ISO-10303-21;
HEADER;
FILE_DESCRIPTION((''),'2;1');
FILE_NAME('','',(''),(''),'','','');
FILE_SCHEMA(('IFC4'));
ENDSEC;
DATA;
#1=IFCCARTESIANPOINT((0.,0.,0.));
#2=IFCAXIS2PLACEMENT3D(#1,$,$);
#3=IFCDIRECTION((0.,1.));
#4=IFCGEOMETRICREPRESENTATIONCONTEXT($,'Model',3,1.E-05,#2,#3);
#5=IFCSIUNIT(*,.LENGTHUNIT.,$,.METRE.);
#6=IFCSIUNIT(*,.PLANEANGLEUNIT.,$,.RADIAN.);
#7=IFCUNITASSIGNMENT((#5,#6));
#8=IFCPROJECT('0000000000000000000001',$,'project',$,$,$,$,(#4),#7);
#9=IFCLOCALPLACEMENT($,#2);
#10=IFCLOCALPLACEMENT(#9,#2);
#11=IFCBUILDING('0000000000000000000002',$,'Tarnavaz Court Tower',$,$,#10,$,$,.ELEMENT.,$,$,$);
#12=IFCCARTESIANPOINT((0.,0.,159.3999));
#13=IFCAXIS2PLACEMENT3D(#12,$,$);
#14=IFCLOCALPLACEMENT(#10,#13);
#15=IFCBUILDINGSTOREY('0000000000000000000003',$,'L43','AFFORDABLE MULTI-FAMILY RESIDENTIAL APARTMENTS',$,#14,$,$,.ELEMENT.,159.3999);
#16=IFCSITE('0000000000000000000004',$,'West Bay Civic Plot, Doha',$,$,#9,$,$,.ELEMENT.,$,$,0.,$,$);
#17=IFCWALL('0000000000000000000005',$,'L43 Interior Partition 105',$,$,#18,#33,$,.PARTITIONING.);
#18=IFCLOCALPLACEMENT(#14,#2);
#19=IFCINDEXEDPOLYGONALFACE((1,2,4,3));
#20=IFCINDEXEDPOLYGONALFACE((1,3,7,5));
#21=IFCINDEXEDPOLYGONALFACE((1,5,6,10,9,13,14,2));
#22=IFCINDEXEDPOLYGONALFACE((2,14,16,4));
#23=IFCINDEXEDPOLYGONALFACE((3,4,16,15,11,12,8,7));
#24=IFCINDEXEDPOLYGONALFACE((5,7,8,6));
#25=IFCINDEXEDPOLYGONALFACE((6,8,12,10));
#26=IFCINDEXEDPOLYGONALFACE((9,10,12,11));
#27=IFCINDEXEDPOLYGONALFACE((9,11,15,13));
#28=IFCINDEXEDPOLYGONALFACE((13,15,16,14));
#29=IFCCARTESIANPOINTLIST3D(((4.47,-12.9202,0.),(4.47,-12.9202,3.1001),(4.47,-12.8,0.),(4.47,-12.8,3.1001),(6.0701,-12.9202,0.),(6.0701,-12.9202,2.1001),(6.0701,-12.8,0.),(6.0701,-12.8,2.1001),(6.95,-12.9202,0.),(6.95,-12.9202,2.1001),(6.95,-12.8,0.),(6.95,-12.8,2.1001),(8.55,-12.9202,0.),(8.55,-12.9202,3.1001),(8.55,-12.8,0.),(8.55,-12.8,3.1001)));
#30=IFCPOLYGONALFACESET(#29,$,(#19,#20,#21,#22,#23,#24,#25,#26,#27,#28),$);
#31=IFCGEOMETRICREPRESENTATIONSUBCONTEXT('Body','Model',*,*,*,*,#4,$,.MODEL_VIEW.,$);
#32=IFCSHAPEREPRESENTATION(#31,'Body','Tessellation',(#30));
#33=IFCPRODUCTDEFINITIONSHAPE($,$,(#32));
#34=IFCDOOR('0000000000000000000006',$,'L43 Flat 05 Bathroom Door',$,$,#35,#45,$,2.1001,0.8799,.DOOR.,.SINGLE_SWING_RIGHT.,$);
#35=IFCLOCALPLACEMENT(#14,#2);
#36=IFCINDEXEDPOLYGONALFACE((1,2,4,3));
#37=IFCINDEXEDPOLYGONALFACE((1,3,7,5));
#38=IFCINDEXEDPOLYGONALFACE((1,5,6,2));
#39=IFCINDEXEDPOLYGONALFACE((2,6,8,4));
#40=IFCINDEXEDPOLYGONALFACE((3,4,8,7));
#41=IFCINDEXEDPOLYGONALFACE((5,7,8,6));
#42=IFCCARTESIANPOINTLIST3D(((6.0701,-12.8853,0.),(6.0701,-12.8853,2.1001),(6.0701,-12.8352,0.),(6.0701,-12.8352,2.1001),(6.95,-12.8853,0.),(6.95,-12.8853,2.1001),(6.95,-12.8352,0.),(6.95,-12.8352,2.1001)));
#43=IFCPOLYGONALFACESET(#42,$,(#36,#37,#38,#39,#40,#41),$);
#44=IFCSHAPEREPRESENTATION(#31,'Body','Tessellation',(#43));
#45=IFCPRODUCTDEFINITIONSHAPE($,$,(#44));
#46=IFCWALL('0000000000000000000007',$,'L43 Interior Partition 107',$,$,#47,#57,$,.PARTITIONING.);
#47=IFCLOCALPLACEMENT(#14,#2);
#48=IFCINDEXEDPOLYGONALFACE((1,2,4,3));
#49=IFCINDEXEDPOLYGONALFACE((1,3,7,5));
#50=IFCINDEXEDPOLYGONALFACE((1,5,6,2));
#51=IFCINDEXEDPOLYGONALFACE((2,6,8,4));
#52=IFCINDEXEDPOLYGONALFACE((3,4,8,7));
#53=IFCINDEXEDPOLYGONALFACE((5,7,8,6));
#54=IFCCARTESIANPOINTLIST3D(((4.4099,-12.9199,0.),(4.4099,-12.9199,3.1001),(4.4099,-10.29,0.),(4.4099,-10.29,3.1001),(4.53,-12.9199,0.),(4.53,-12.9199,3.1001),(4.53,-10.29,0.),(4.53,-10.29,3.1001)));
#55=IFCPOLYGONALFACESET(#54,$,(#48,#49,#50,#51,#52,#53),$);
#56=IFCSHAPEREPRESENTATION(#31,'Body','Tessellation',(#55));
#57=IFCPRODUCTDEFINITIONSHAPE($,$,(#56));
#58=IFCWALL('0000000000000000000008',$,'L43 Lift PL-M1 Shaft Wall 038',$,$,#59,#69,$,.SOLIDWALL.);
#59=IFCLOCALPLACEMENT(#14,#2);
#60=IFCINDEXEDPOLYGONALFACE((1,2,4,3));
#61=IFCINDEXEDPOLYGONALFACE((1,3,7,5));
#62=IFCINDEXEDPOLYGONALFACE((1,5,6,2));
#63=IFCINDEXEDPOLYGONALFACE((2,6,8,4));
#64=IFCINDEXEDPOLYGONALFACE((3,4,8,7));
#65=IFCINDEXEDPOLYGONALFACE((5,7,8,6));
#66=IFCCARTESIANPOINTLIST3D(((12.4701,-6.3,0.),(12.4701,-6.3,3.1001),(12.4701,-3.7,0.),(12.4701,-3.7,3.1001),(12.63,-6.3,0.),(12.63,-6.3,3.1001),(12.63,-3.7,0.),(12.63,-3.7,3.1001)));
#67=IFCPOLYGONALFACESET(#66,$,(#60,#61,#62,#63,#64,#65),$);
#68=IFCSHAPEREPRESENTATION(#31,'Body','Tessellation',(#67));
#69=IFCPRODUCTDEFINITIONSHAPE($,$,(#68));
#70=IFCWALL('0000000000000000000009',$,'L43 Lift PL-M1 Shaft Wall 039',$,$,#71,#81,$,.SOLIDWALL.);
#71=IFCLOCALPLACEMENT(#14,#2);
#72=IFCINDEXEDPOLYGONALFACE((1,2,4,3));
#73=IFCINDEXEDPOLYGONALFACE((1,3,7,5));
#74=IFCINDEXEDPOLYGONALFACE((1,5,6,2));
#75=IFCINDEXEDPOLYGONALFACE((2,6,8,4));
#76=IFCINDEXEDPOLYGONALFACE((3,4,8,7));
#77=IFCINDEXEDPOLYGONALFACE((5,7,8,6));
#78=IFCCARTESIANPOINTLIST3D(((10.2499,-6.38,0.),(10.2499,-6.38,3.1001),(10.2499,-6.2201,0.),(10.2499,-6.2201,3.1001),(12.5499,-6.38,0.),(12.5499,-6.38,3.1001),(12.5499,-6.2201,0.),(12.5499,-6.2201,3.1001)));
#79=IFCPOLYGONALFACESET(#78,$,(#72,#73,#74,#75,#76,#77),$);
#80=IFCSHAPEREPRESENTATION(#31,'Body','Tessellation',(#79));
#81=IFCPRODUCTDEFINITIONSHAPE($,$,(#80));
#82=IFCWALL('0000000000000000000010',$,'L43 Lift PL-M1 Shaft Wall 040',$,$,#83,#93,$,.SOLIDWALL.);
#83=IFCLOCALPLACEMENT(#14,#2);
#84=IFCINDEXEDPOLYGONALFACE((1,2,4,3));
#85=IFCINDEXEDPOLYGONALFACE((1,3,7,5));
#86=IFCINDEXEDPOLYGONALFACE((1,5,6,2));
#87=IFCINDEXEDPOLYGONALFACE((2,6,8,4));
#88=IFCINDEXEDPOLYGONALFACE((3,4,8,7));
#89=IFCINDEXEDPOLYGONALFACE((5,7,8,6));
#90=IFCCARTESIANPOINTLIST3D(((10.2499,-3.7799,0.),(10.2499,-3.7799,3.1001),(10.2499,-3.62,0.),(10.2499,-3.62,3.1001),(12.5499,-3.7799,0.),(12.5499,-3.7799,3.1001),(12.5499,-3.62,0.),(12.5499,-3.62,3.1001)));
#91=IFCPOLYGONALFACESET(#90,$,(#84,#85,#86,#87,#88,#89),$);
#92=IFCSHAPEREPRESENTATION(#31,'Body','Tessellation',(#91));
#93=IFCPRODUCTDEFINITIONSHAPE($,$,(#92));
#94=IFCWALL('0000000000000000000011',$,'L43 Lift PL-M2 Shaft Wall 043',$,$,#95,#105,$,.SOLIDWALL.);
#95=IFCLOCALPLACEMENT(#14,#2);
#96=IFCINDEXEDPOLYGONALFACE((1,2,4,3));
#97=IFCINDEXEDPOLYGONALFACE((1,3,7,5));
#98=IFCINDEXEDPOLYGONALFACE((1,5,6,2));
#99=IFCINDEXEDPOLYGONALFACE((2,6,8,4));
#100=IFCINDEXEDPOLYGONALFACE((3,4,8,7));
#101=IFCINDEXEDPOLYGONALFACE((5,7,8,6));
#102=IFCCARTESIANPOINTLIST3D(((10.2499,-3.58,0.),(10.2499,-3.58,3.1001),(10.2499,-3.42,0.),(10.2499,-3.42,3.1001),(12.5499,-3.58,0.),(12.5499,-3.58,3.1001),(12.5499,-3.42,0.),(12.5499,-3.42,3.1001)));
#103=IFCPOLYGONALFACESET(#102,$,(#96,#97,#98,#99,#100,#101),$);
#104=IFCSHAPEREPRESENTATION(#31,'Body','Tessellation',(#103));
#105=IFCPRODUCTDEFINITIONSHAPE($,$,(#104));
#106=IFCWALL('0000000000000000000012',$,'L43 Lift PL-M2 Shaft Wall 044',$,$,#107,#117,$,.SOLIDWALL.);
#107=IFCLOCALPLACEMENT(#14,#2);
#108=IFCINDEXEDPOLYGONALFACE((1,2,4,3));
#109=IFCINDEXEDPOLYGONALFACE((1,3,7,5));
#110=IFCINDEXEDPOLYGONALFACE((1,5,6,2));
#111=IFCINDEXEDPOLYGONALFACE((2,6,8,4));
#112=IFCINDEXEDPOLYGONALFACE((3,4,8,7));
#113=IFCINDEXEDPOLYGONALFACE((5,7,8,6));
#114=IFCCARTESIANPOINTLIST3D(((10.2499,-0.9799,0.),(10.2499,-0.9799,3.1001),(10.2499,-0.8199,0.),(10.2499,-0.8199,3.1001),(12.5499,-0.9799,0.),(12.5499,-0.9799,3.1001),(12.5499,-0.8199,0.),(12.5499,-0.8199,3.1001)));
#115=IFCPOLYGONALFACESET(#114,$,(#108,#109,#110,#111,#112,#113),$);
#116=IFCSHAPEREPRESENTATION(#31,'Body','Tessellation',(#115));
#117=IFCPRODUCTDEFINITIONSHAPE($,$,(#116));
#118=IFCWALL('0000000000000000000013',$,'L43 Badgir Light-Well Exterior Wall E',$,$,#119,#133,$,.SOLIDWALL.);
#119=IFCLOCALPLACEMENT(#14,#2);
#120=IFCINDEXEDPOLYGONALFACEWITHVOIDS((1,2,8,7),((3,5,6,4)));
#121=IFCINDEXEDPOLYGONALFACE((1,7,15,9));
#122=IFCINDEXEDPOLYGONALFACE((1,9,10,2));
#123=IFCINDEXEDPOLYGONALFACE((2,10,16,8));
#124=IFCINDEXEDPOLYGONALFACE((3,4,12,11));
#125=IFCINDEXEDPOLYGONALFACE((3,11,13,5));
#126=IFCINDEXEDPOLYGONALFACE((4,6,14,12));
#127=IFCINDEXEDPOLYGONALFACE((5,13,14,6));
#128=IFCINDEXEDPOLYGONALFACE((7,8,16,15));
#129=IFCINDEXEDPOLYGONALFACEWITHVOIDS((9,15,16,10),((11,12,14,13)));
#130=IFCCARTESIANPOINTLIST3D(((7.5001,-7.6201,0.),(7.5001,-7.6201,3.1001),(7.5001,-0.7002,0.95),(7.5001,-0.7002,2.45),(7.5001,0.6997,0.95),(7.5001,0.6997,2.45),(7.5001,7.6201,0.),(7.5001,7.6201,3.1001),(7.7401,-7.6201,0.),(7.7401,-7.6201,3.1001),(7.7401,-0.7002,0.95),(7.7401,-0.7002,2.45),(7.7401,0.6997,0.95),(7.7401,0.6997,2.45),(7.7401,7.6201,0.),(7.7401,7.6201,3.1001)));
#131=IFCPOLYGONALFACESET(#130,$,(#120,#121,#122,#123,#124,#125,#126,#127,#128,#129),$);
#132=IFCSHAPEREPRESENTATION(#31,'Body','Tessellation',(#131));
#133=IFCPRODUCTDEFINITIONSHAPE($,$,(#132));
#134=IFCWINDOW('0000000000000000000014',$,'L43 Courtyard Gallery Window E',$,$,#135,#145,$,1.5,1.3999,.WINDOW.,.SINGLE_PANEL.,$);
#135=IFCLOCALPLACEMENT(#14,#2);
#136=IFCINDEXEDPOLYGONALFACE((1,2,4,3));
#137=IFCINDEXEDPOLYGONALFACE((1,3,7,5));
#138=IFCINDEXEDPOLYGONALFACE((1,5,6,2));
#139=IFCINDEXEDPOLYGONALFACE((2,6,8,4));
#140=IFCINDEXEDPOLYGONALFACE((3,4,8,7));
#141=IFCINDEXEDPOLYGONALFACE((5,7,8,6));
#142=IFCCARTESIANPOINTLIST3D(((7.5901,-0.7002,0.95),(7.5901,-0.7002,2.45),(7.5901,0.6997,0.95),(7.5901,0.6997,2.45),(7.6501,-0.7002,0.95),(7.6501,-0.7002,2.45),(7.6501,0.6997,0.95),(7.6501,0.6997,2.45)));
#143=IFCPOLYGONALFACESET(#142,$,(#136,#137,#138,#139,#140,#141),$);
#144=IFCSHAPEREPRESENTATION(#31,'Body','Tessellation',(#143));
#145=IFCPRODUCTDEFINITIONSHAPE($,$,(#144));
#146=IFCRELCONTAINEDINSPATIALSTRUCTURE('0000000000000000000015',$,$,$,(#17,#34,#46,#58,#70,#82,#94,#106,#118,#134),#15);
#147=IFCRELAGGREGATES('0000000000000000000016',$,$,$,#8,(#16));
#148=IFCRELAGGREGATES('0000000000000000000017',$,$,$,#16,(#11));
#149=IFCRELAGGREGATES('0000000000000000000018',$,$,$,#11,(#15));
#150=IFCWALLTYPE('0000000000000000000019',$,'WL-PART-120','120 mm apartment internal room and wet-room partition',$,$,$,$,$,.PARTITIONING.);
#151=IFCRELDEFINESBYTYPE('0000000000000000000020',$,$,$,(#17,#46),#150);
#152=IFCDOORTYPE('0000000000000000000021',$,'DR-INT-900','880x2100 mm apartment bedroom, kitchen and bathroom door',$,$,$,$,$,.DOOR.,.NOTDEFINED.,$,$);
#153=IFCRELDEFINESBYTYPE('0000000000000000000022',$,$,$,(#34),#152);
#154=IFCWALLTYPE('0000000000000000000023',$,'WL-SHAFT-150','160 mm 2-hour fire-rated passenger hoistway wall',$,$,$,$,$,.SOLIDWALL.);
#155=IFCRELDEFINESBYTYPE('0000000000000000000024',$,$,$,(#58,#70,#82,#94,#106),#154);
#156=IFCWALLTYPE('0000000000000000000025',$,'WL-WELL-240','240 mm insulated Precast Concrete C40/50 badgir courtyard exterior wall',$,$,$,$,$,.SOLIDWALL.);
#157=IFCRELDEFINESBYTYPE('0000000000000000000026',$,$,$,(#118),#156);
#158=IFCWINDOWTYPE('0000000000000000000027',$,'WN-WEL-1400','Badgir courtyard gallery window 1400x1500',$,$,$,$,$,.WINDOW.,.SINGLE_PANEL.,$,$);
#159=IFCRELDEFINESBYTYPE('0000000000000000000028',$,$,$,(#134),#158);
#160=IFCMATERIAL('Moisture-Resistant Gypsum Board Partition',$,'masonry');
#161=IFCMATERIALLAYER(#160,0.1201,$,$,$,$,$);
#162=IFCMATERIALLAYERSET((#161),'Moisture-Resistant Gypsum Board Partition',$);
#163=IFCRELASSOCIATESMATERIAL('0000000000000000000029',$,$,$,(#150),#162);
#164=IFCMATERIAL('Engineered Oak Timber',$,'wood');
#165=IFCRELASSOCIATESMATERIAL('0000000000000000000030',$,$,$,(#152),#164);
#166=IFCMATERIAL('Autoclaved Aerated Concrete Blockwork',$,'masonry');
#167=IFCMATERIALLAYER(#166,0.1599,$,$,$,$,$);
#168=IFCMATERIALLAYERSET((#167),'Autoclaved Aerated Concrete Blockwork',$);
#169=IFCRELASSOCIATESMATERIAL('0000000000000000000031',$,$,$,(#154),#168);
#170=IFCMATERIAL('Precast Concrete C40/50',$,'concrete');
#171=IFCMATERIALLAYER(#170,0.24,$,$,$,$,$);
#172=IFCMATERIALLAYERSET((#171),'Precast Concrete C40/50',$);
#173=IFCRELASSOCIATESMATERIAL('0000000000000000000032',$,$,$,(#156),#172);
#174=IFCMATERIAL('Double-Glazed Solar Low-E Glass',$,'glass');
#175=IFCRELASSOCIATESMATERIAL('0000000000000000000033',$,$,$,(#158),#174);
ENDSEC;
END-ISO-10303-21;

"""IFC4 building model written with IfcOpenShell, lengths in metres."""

from ifc_helpers import new_model, si_unit, direction, frame, frame_2d, origin, place, context, subcontext, project, spatial, rectangle, extrude, material, layer, layer_set, type_object, element, fill, save


model = new_model("IFC4")

# Units and contexts
model_context = context("Model", 3, precision=1e-05, world=origin(), true_north=direction((0.0, 1.0)))
body_context = subcontext(model_context, "Body", "Model", "MODEL_VIEW")
ifc_project = project(units=[si_unit("LENGTHUNIT", "METRE"), si_unit("PLANEANGLEUNIT", "RADIAN")], contexts=[model_context])

# Site, building, storey
site_placement = place(None, origin())
site = spatial("IfcSite", under=ifc_project, at=site_placement, Name="West Bay Civic Plot, Doha", CompositionType="ELEMENT", RefElevation=0.0)
building_placement = place(site_placement, origin())
building = spatial("IfcBuilding", under=site, at=building_placement, Name="Tarnavaz Court Tower", CompositionType="ELEMENT")
storey_placement = place(building_placement, frame((0.0, 0.0, 159.3999)))
storey = spatial("IfcBuildingStorey", under=building, at=storey_placement, Name="L43", Description="AFFORDABLE MULTI-FAMILY RESIDENTIAL APARTMENTS", CompositionType="ELEMENT", Elevation=159.3999)

# Wall, opening, door
ifc_material_1 = material(Name="Moisture-Resistant Gypsum Board Partition", Category="masonry")
ifc_layer_1 = layer(ifc_material_1, 0.1201)
ifc_layer_set_1 = layer_set([ifc_layer_1], Name="Moisture-Resistant Gypsum Board Partition")
wall_type_1 = type_object("IfcWallType", Name="WL-PART-120", Description="120 mm apartment internal room and wet-room partition", PredefinedType="PARTITIONING", material=ifc_layer_set_1)
ifc_material_2 = material(Name="Engineered Oak Timber", Category="wood")
door_type_1 = type_object("IfcDoorType", Name="DR-INT-900", Description="880x2100 mm apartment bedroom, kitchen and bathroom door", OperationType="NOTDEFINED", PredefinedType="DOOR", material=ifc_material_2)
wall_1_placement = place(storey_placement, frame((4.47, -12.8601, 0.0), z_axis=(0.0, 0.0, 1.0), x_axis=(1.0, 0.0, 0.0)))
wall_1 = element("IfcWall", 1, at=wall_1_placement, inside=storey, type_object=wall_type_1, Name="L43 Interior Partition 105", PredefinedType="PARTITIONING", context=body_context, shape_type="SweptSolid", body=[
    extrude(rectangle(XDim=4.0801, YDim=0.1201, at=frame_2d((2.04, 0.0))), origin(), (0.0, 0.0, 1.0), 3.1001),
])
opening_1_placement = place(wall_1_placement, frame((1.6001, 0.0, 0.0)))
opening_1 = element("IfcOpeningElement", 2, at=opening_1_placement, cuts=wall_1, PredefinedType="OPENING", context=body_context, shape_type="SweptSolid", body=[
    extrude(rectangle(XDim=0.8799, YDim=2.1001, at=frame_2d((0.4399, 1.05))), frame((0.0, 0.0701, 0.0), z_axis=(0.0, -1.0, 0.0), x_axis=(1.0, 0.0, 0.0)), (0.0, 0.0, 1.0), 0.1401),
])
door_1_placement = place(opening_1_placement, origin())
door_1 = element("IfcDoor", 3, at=door_1_placement, inside=storey, type_object=door_type_1, Name="L43 Flat 05 Bathroom Door", OperationType="SINGLE_SWING_RIGHT", OverallHeight=2.1001, OverallWidth=0.8799, PredefinedType="DOOR", context=body_context, shape_type="SweptSolid", body=[
    extrude(rectangle(XDim=0.8799, YDim=2.1001, at=frame_2d((0.4399, 1.05))), frame((0.0, 0.0249, 0.0), z_axis=(0.0, -1.0, 0.0), x_axis=(1.0, 0.0, 0.0)), (0.0, 0.0, 1.0), 0.05),
])
fill(opening_1, door_1)

# Wall
wall_2_placement = place(storey_placement, frame((4.47, -12.9199, 0.0), z_axis=(0.0, 0.0, 1.0), x_axis=(0.0, 1.0, 0.0)))
element("IfcWall", 4, at=wall_2_placement, inside=storey, type_object=wall_type_1, Name="L43 Interior Partition 107", PredefinedType="PARTITIONING", context=body_context, shape_type="SweptSolid", body=[
    extrude(rectangle(XDim=2.6299, YDim=0.1201, at=frame_2d((1.3149, 0.0))), origin(), (0.0, 0.0, 1.0), 3.1001),
])

# Shared definitions
ifc_material_3 = material(Name="Autoclaved Aerated Concrete Blockwork", Category="masonry")
ifc_layer_2 = layer(ifc_material_3, 0.1599)
ifc_layer_set_2 = layer_set([ifc_layer_2], Name="Autoclaved Aerated Concrete Blockwork")
wall_type_2 = type_object("IfcWallType", Name="WL-SHAFT-150", Description="160 mm 2-hour fire-rated passenger hoistway wall", PredefinedType="SOLIDWALL", material=ifc_layer_set_2)

# Walls
wall_3_placement = place(storey_placement, frame((12.55, -6.3, 0.0), z_axis=(0.0, 0.0, 1.0), x_axis=(0.0, 1.0, 0.0)))
element("IfcWall", 5, at=wall_3_placement, inside=storey, type_object=wall_type_2, Name="L43 Lift PL-M1 Shaft Wall 038", PredefinedType="SOLIDWALL", context=body_context, shape_type="SweptSolid", body=[
    extrude(rectangle(XDim=2.6001, YDim=0.1599, at=frame_2d((1.3, 0.0))), origin(), (0.0, 0.0, 1.0), 3.1001),
])
for number, where, z_axis, x_axis, name in (
    (6, (10.25, -6.3, 0.0), (0.0, 0.0, 1.0), (1.0, 0.0, 0.0), "L43 Lift PL-M1 Shaft Wall 039"),
    (7, (10.25, -3.7, 0.0), (0.0, 0.0, 1.0), (1.0, 0.0, 0.0), "L43 Lift PL-M1 Shaft Wall 040"),
):
    element("IfcWall", number, at=place(storey_placement, frame(where, z_axis=z_axis, x_axis=x_axis)), inside=storey, type_object=wall_type_2, Name=name, PredefinedType="SOLIDWALL", context=body_context, shape_type="SweptSolid", body=[
        extrude(rectangle(XDim=2.3, YDim=0.1599, at=frame_2d((1.1499, 0.0))), origin(), (0.0, 0.0, 1.0), 3.1001),
    ])

# Walls
for number, where, z_axis, x_axis, name in (
    (8, (10.25, -3.5, 0.0), (0.0, 0.0, 1.0), (1.0, 0.0, 0.0), "L43 Lift PL-M2 Shaft Wall 043"),
    (9, (10.25, -0.8999, 0.0), (0.0, 0.0, 1.0), (1.0, 0.0, 0.0), "L43 Lift PL-M2 Shaft Wall 044"),
):
    element("IfcWall", number, at=place(storey_placement, frame(where, z_axis=z_axis, x_axis=x_axis)), inside=storey, type_object=wall_type_2, Name=name, PredefinedType="SOLIDWALL", context=body_context, shape_type="SweptSolid", body=[
        extrude(rectangle(XDim=2.3, YDim=0.1599, at=frame_2d((1.1499, 0.0))), origin(), (0.0, 0.0, 1.0), 3.1001),
    ])

# Wall, opening, window
ifc_material_4 = material(Name="Precast Concrete C40/50", Category="concrete")
ifc_layer_3 = layer(ifc_material_4, 0.24)
ifc_layer_set_3 = layer_set([ifc_layer_3], Name="Precast Concrete C40/50")
wall_type_3 = type_object("IfcWallType", Name="WL-WELL-240", Description="240 mm insulated Precast Concrete C40/50 badgir courtyard exterior wall", PredefinedType="SOLIDWALL", material=ifc_layer_set_3)
wall_4_placement = place(storey_placement, frame((7.6201, -7.6201, 0.0), z_axis=(0.0, 0.0, 1.0), x_axis=(0.0, 1.0, 0.0)))
wall_4 = element("IfcWall", 10, at=wall_4_placement, inside=storey, type_object=wall_type_3, Name="L43 Badgir Light-Well Exterior Wall E", PredefinedType="SOLIDWALL", context=body_context, shape_type="SweptSolid", body=[
    extrude(rectangle(XDim=15.2402, YDim=0.24, at=frame_2d((7.6201, 0.0))), origin(), (0.0, 0.0, 1.0), 3.1001),
])
opening_2_placement = place(wall_4_placement, frame((6.9199, 0.0, 0.95)))
opening_2 = element("IfcOpeningElement", 11, at=opening_2_placement, cuts=wall_4, PredefinedType="OPENING", context=body_context, shape_type="SweptSolid", body=[
    extrude(rectangle(XDim=1.3999, YDim=1.5, at=frame_2d((0.7, 0.75))), frame((0.0, 0.1299, 0.0), z_axis=(0.0, -1.0, 0.0), x_axis=(1.0, 0.0, 0.0)), (0.0, 0.0, 1.0), 0.26),
])
ifc_material_5 = material(Name="Double-Glazed Solar Low-E Glass", Category="glass")
window_type = type_object("IfcWindowType", Name="WN-WEL-1400", Description="Badgir courtyard gallery window 1400x1500", PartitioningType="SINGLE_PANEL", PredefinedType="WINDOW", material=ifc_material_5)
window_placement = place(opening_2_placement, origin())
window = element("IfcWindow", 12, at=window_placement, inside=storey, type_object=window_type, Name="L43 Courtyard Gallery Window E", OverallHeight=1.5, OverallWidth=1.3999, PartitioningType="SINGLE_PANEL", PredefinedType="WINDOW", context=body_context, shape_type="SweptSolid", body=[
    extrude(rectangle(XDim=1.3999, YDim=1.5, at=frame_2d((0.7, 0.75))), frame((0.0, 0.03, 0.0), z_axis=(0.0, -1.0, 0.0), x_axis=(1.0, 0.0, 0.0)), (0.0, 0.0, 1.0), 0.0601),
])
fill(opening_2, window)

save(model, "model.ifc")
